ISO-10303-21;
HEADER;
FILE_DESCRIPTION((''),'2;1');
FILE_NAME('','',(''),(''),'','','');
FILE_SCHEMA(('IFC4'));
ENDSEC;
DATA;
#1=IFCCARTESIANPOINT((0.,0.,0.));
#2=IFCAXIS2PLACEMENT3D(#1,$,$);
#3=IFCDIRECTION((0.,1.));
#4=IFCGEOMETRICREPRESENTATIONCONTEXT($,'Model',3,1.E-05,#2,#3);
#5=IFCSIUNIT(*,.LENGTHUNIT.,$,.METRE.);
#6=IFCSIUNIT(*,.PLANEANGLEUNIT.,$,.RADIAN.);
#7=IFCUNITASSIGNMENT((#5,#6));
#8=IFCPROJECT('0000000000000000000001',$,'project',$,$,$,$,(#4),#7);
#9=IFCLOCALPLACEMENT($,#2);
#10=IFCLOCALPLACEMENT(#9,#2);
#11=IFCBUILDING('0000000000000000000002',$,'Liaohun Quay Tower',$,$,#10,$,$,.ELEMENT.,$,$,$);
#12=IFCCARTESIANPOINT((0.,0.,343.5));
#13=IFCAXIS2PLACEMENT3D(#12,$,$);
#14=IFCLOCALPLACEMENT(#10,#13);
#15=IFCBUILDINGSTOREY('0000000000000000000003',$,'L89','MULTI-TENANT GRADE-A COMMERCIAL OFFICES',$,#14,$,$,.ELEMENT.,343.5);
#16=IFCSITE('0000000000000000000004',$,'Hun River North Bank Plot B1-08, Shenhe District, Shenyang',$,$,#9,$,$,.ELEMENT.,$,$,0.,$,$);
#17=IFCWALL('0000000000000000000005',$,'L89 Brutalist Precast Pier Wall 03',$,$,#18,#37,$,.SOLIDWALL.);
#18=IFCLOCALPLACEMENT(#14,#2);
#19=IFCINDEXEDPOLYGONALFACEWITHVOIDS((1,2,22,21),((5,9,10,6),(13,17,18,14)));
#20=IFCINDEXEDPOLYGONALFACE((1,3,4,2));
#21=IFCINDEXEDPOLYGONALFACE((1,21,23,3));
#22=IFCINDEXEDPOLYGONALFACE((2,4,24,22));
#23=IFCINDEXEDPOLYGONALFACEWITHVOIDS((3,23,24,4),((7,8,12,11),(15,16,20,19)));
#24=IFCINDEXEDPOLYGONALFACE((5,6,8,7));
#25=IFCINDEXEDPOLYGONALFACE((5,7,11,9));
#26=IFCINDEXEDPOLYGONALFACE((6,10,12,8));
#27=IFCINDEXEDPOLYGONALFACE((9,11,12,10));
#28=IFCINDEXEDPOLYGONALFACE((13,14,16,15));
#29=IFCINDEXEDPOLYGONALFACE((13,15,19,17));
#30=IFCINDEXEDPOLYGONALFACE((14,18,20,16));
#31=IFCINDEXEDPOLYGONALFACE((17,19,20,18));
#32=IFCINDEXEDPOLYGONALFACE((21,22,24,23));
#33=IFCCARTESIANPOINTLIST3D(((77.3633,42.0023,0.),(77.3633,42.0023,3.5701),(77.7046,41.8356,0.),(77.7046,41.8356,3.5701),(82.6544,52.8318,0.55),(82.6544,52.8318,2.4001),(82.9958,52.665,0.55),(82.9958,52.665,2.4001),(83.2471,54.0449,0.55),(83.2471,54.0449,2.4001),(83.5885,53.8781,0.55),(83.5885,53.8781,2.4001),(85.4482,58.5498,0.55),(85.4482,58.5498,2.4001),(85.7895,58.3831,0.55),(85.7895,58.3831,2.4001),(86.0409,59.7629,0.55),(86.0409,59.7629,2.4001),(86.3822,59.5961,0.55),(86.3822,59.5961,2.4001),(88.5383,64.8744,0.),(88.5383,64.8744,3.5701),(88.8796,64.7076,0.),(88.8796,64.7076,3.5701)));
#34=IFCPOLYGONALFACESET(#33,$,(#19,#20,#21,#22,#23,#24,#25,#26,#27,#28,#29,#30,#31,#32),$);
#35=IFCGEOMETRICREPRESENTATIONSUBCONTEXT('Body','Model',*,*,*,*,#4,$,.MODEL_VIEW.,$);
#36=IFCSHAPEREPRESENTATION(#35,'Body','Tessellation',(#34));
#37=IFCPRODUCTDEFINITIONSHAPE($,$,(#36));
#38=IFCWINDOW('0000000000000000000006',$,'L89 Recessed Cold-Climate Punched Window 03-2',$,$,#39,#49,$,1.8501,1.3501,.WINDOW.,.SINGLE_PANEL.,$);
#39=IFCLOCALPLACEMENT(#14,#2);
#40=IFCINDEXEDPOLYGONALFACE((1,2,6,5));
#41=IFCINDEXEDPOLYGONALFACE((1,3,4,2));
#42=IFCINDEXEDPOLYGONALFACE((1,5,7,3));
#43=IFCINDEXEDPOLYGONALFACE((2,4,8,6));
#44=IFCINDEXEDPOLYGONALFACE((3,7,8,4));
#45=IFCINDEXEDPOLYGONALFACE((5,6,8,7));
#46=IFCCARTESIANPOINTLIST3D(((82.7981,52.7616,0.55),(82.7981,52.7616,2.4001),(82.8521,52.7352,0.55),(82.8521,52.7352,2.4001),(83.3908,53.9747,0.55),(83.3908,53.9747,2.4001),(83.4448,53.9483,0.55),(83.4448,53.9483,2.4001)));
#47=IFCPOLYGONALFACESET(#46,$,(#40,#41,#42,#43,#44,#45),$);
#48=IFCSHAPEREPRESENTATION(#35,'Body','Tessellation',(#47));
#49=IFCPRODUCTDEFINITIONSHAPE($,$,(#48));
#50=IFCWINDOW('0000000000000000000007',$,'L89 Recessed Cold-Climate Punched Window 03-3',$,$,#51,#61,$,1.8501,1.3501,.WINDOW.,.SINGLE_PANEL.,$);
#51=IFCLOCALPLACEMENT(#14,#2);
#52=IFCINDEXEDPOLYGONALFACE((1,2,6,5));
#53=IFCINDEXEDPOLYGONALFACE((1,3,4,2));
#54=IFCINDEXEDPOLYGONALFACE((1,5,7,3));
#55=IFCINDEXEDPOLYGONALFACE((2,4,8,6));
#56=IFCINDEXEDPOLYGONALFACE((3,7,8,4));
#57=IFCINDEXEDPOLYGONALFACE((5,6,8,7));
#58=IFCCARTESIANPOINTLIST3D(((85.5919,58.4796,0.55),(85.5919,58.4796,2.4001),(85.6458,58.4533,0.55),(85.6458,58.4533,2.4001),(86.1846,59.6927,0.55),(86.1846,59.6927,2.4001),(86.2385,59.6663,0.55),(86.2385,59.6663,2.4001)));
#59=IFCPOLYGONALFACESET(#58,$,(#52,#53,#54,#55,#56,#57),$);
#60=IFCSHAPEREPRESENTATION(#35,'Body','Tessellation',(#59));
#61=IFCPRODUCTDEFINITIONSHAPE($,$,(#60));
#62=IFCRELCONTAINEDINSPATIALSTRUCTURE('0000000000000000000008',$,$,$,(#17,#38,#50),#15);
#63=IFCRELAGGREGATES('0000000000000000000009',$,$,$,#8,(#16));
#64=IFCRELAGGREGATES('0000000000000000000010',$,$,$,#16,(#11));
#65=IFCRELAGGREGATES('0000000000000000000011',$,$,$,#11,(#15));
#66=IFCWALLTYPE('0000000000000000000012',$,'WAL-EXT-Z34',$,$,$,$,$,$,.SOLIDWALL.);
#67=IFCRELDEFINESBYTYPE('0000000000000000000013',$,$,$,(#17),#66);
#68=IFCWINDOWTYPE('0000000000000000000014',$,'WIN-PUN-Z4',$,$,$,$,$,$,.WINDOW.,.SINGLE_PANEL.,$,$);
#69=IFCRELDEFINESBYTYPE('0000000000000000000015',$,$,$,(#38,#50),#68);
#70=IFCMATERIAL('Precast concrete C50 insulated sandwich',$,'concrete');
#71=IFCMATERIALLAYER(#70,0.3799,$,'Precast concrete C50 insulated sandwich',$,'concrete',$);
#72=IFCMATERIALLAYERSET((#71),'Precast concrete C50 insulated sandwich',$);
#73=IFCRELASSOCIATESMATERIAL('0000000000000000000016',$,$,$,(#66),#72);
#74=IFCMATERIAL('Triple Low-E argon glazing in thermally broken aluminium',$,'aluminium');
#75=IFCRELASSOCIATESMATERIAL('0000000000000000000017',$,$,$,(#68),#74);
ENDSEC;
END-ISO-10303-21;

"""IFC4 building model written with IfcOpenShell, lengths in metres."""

from ifc_helpers import new_model, si_unit, direction, frame, frame_2d, origin, place, context, subcontext, project, spatial, rectangle, extrude, source, transform, mapped, material, layer, layer_set, type_object, element, fill, save


model = new_model("IFC4")

# Units and contexts
model_context = context("Model", 3, precision=1e-05, world=origin(), true_north=direction((0.0, 1.0)))
body_context = subcontext(model_context, "Body", "Model", "MODEL_VIEW")
ifc_project = project(units=[si_unit("LENGTHUNIT", "METRE"), si_unit("PLANEANGLEUNIT", "RADIAN")], contexts=[model_context])

# Site, building, storey
site_placement = place(None, origin())
site = spatial("IfcSite", under=ifc_project, at=site_placement, Name="Hun River North Bank Plot B1-08, Shenhe District, Shenyang", CompositionType="ELEMENT", RefElevation=0.0)
building_placement = place(site_placement, origin())
building = spatial("IfcBuilding", under=site, at=building_placement, Name="Liaohun Quay Tower", CompositionType="ELEMENT")
storey_placement = place(building_placement, frame((0.0, 0.0, 343.5)))
storey = spatial("IfcBuildingStorey", under=building, at=storey_placement, Name="L89", Description="MULTI-TENANT GRADE-A COMMERCIAL OFFICES", CompositionType="ELEMENT", Elevation=343.5)

# Shared definitions
ifc_material_1 = material(Name="Precast concrete C50 insulated sandwich", Category="concrete")
ifc_layer_1 = layer(ifc_material_1, 0.3799, Name="Precast concrete C50 insulated sandwich", Category="concrete")
ifc_layer_set_1 = layer_set([ifc_layer_1], Name="Precast concrete C50 insulated sandwich")
wall_type_1 = type_object("IfcWallType", Name="WAL-EXT-Z34", PredefinedType="SOLIDWALL", material=ifc_layer_set_1)

# Wall, openings, windows
shared_shape_1 = source(origin(), body_context, "Body", "SweptSolid", [
    extrude(rectangle(XDim=1.3501, YDim=1.8501, at=frame_2d((0.675, 0.925))), frame((0.0, 0.2, 0.0), z_axis=(0.0, -1.0, 0.0), x_axis=(1.0, 0.0, 0.0)), (0.0, 0.0, 1.0), 0.3999),
])
ifc_material_2 = material(Name="Triple Low-E argon glazing in thermally broken aluminium", Category="aluminium")
window_type_1 = type_object("IfcWindowType", Name="WIN-PUN-Z4", PartitioningType="SINGLE_PANEL", PredefinedType="WINDOW", material=ifc_material_2)
shared_shape_2 = source(origin(), body_context, "Body", "SweptSolid", [
    extrude(rectangle(XDim=1.3501, YDim=1.8501, at=frame_2d((0.675, 0.925))), frame((0.0, 0.03, 0.0), z_axis=(0.0, -1.0, 0.0), x_axis=(1.0, 0.0, 0.0)), (0.0, 0.0, 1.0), 0.0601),
])
wall_1_placement = place(storey_placement, frame((77.5339, 41.9189, 0.0), z_axis=(0.0, 0.0, 1.0), x_axis=(0.438993, 0.898491, 0.0)))
wall_1 = element("IfcWall", 1, at=wall_1_placement, inside=storey, type_object=wall_type_1, Name="L89 Brutalist Precast Pier Wall 03", PredefinedType="SOLIDWALL", context=body_context, shape_type="SweptSolid", body=[
    extrude(rectangle(XDim=25.4561, YDim=0.3799, at=frame_2d((12.728, 0.0))), origin(), (0.0, 0.0, 1.0), 3.5701),
])
opening_1_placement = place(wall_1_placement, frame((12.053, 0.0, 0.55)))
opening_1 = element("IfcOpeningElement", 2, at=opening_1_placement, cuts=wall_1, PredefinedType="OPENING", context=body_context, shape_type="MappedRepresentation", body=[
    mapped(shared_shape_1, transform((0.0, 0.0, 0.0), x_axis=(1.0, 0.0, 0.0), y_axis=(0.0, 1.0, 0.0), z_axis=(0.0, 0.0, 1.0), scale=1.0)),
])
opening_2_placement = place(wall_1_placement, frame((18.417, 0.0, 0.55)))
opening_2 = element("IfcOpeningElement", 3, at=opening_2_placement, cuts=wall_1, PredefinedType="OPENING", context=body_context, shape_type="MappedRepresentation", body=[
    mapped(shared_shape_1, transform((0.0, 0.0, 0.0), x_axis=(1.0, 0.0, 0.0), y_axis=(0.0, 1.0, 0.0), z_axis=(0.0, 0.0, 1.0), scale=1.0)),
])
window_1_placement = place(opening_1_placement, origin())
window_1 = element("IfcWindow", 4, at=window_1_placement, inside=storey, type_object=window_type_1, Name="L89 Recessed Cold-Climate Punched Window 03-2", OverallHeight=1.8501, OverallWidth=1.3501, PartitioningType="SINGLE_PANEL", PredefinedType="WINDOW", context=body_context, shape_type="MappedRepresentation", body=[
    mapped(shared_shape_2, transform((0.0, 0.0, 0.0), x_axis=(1.0, 0.0, 0.0), y_axis=(0.0, 1.0, 0.0), z_axis=(0.0, 0.0, 1.0), scale=1.0)),
])
fill(opening_1, window_1)
window_2_placement = place(opening_2_placement, origin())
window_2 = element("IfcWindow", 5, at=window_2_placement, inside=storey, type_object=window_type_1, Name="L89 Recessed Cold-Climate Punched Window 03-3", OverallHeight=1.8501, OverallWidth=1.3501, PartitioningType="SINGLE_PANEL", PredefinedType="WINDOW", context=body_context, shape_type="MappedRepresentation", body=[
    mapped(shared_shape_2, transform((0.0, 0.0, 0.0), x_axis=(1.0, 0.0, 0.0), y_axis=(0.0, 1.0, 0.0), z_axis=(0.0, 0.0, 1.0), scale=1.0)),
])
fill(opening_2, window_2)

save(model, "model.ifc")
